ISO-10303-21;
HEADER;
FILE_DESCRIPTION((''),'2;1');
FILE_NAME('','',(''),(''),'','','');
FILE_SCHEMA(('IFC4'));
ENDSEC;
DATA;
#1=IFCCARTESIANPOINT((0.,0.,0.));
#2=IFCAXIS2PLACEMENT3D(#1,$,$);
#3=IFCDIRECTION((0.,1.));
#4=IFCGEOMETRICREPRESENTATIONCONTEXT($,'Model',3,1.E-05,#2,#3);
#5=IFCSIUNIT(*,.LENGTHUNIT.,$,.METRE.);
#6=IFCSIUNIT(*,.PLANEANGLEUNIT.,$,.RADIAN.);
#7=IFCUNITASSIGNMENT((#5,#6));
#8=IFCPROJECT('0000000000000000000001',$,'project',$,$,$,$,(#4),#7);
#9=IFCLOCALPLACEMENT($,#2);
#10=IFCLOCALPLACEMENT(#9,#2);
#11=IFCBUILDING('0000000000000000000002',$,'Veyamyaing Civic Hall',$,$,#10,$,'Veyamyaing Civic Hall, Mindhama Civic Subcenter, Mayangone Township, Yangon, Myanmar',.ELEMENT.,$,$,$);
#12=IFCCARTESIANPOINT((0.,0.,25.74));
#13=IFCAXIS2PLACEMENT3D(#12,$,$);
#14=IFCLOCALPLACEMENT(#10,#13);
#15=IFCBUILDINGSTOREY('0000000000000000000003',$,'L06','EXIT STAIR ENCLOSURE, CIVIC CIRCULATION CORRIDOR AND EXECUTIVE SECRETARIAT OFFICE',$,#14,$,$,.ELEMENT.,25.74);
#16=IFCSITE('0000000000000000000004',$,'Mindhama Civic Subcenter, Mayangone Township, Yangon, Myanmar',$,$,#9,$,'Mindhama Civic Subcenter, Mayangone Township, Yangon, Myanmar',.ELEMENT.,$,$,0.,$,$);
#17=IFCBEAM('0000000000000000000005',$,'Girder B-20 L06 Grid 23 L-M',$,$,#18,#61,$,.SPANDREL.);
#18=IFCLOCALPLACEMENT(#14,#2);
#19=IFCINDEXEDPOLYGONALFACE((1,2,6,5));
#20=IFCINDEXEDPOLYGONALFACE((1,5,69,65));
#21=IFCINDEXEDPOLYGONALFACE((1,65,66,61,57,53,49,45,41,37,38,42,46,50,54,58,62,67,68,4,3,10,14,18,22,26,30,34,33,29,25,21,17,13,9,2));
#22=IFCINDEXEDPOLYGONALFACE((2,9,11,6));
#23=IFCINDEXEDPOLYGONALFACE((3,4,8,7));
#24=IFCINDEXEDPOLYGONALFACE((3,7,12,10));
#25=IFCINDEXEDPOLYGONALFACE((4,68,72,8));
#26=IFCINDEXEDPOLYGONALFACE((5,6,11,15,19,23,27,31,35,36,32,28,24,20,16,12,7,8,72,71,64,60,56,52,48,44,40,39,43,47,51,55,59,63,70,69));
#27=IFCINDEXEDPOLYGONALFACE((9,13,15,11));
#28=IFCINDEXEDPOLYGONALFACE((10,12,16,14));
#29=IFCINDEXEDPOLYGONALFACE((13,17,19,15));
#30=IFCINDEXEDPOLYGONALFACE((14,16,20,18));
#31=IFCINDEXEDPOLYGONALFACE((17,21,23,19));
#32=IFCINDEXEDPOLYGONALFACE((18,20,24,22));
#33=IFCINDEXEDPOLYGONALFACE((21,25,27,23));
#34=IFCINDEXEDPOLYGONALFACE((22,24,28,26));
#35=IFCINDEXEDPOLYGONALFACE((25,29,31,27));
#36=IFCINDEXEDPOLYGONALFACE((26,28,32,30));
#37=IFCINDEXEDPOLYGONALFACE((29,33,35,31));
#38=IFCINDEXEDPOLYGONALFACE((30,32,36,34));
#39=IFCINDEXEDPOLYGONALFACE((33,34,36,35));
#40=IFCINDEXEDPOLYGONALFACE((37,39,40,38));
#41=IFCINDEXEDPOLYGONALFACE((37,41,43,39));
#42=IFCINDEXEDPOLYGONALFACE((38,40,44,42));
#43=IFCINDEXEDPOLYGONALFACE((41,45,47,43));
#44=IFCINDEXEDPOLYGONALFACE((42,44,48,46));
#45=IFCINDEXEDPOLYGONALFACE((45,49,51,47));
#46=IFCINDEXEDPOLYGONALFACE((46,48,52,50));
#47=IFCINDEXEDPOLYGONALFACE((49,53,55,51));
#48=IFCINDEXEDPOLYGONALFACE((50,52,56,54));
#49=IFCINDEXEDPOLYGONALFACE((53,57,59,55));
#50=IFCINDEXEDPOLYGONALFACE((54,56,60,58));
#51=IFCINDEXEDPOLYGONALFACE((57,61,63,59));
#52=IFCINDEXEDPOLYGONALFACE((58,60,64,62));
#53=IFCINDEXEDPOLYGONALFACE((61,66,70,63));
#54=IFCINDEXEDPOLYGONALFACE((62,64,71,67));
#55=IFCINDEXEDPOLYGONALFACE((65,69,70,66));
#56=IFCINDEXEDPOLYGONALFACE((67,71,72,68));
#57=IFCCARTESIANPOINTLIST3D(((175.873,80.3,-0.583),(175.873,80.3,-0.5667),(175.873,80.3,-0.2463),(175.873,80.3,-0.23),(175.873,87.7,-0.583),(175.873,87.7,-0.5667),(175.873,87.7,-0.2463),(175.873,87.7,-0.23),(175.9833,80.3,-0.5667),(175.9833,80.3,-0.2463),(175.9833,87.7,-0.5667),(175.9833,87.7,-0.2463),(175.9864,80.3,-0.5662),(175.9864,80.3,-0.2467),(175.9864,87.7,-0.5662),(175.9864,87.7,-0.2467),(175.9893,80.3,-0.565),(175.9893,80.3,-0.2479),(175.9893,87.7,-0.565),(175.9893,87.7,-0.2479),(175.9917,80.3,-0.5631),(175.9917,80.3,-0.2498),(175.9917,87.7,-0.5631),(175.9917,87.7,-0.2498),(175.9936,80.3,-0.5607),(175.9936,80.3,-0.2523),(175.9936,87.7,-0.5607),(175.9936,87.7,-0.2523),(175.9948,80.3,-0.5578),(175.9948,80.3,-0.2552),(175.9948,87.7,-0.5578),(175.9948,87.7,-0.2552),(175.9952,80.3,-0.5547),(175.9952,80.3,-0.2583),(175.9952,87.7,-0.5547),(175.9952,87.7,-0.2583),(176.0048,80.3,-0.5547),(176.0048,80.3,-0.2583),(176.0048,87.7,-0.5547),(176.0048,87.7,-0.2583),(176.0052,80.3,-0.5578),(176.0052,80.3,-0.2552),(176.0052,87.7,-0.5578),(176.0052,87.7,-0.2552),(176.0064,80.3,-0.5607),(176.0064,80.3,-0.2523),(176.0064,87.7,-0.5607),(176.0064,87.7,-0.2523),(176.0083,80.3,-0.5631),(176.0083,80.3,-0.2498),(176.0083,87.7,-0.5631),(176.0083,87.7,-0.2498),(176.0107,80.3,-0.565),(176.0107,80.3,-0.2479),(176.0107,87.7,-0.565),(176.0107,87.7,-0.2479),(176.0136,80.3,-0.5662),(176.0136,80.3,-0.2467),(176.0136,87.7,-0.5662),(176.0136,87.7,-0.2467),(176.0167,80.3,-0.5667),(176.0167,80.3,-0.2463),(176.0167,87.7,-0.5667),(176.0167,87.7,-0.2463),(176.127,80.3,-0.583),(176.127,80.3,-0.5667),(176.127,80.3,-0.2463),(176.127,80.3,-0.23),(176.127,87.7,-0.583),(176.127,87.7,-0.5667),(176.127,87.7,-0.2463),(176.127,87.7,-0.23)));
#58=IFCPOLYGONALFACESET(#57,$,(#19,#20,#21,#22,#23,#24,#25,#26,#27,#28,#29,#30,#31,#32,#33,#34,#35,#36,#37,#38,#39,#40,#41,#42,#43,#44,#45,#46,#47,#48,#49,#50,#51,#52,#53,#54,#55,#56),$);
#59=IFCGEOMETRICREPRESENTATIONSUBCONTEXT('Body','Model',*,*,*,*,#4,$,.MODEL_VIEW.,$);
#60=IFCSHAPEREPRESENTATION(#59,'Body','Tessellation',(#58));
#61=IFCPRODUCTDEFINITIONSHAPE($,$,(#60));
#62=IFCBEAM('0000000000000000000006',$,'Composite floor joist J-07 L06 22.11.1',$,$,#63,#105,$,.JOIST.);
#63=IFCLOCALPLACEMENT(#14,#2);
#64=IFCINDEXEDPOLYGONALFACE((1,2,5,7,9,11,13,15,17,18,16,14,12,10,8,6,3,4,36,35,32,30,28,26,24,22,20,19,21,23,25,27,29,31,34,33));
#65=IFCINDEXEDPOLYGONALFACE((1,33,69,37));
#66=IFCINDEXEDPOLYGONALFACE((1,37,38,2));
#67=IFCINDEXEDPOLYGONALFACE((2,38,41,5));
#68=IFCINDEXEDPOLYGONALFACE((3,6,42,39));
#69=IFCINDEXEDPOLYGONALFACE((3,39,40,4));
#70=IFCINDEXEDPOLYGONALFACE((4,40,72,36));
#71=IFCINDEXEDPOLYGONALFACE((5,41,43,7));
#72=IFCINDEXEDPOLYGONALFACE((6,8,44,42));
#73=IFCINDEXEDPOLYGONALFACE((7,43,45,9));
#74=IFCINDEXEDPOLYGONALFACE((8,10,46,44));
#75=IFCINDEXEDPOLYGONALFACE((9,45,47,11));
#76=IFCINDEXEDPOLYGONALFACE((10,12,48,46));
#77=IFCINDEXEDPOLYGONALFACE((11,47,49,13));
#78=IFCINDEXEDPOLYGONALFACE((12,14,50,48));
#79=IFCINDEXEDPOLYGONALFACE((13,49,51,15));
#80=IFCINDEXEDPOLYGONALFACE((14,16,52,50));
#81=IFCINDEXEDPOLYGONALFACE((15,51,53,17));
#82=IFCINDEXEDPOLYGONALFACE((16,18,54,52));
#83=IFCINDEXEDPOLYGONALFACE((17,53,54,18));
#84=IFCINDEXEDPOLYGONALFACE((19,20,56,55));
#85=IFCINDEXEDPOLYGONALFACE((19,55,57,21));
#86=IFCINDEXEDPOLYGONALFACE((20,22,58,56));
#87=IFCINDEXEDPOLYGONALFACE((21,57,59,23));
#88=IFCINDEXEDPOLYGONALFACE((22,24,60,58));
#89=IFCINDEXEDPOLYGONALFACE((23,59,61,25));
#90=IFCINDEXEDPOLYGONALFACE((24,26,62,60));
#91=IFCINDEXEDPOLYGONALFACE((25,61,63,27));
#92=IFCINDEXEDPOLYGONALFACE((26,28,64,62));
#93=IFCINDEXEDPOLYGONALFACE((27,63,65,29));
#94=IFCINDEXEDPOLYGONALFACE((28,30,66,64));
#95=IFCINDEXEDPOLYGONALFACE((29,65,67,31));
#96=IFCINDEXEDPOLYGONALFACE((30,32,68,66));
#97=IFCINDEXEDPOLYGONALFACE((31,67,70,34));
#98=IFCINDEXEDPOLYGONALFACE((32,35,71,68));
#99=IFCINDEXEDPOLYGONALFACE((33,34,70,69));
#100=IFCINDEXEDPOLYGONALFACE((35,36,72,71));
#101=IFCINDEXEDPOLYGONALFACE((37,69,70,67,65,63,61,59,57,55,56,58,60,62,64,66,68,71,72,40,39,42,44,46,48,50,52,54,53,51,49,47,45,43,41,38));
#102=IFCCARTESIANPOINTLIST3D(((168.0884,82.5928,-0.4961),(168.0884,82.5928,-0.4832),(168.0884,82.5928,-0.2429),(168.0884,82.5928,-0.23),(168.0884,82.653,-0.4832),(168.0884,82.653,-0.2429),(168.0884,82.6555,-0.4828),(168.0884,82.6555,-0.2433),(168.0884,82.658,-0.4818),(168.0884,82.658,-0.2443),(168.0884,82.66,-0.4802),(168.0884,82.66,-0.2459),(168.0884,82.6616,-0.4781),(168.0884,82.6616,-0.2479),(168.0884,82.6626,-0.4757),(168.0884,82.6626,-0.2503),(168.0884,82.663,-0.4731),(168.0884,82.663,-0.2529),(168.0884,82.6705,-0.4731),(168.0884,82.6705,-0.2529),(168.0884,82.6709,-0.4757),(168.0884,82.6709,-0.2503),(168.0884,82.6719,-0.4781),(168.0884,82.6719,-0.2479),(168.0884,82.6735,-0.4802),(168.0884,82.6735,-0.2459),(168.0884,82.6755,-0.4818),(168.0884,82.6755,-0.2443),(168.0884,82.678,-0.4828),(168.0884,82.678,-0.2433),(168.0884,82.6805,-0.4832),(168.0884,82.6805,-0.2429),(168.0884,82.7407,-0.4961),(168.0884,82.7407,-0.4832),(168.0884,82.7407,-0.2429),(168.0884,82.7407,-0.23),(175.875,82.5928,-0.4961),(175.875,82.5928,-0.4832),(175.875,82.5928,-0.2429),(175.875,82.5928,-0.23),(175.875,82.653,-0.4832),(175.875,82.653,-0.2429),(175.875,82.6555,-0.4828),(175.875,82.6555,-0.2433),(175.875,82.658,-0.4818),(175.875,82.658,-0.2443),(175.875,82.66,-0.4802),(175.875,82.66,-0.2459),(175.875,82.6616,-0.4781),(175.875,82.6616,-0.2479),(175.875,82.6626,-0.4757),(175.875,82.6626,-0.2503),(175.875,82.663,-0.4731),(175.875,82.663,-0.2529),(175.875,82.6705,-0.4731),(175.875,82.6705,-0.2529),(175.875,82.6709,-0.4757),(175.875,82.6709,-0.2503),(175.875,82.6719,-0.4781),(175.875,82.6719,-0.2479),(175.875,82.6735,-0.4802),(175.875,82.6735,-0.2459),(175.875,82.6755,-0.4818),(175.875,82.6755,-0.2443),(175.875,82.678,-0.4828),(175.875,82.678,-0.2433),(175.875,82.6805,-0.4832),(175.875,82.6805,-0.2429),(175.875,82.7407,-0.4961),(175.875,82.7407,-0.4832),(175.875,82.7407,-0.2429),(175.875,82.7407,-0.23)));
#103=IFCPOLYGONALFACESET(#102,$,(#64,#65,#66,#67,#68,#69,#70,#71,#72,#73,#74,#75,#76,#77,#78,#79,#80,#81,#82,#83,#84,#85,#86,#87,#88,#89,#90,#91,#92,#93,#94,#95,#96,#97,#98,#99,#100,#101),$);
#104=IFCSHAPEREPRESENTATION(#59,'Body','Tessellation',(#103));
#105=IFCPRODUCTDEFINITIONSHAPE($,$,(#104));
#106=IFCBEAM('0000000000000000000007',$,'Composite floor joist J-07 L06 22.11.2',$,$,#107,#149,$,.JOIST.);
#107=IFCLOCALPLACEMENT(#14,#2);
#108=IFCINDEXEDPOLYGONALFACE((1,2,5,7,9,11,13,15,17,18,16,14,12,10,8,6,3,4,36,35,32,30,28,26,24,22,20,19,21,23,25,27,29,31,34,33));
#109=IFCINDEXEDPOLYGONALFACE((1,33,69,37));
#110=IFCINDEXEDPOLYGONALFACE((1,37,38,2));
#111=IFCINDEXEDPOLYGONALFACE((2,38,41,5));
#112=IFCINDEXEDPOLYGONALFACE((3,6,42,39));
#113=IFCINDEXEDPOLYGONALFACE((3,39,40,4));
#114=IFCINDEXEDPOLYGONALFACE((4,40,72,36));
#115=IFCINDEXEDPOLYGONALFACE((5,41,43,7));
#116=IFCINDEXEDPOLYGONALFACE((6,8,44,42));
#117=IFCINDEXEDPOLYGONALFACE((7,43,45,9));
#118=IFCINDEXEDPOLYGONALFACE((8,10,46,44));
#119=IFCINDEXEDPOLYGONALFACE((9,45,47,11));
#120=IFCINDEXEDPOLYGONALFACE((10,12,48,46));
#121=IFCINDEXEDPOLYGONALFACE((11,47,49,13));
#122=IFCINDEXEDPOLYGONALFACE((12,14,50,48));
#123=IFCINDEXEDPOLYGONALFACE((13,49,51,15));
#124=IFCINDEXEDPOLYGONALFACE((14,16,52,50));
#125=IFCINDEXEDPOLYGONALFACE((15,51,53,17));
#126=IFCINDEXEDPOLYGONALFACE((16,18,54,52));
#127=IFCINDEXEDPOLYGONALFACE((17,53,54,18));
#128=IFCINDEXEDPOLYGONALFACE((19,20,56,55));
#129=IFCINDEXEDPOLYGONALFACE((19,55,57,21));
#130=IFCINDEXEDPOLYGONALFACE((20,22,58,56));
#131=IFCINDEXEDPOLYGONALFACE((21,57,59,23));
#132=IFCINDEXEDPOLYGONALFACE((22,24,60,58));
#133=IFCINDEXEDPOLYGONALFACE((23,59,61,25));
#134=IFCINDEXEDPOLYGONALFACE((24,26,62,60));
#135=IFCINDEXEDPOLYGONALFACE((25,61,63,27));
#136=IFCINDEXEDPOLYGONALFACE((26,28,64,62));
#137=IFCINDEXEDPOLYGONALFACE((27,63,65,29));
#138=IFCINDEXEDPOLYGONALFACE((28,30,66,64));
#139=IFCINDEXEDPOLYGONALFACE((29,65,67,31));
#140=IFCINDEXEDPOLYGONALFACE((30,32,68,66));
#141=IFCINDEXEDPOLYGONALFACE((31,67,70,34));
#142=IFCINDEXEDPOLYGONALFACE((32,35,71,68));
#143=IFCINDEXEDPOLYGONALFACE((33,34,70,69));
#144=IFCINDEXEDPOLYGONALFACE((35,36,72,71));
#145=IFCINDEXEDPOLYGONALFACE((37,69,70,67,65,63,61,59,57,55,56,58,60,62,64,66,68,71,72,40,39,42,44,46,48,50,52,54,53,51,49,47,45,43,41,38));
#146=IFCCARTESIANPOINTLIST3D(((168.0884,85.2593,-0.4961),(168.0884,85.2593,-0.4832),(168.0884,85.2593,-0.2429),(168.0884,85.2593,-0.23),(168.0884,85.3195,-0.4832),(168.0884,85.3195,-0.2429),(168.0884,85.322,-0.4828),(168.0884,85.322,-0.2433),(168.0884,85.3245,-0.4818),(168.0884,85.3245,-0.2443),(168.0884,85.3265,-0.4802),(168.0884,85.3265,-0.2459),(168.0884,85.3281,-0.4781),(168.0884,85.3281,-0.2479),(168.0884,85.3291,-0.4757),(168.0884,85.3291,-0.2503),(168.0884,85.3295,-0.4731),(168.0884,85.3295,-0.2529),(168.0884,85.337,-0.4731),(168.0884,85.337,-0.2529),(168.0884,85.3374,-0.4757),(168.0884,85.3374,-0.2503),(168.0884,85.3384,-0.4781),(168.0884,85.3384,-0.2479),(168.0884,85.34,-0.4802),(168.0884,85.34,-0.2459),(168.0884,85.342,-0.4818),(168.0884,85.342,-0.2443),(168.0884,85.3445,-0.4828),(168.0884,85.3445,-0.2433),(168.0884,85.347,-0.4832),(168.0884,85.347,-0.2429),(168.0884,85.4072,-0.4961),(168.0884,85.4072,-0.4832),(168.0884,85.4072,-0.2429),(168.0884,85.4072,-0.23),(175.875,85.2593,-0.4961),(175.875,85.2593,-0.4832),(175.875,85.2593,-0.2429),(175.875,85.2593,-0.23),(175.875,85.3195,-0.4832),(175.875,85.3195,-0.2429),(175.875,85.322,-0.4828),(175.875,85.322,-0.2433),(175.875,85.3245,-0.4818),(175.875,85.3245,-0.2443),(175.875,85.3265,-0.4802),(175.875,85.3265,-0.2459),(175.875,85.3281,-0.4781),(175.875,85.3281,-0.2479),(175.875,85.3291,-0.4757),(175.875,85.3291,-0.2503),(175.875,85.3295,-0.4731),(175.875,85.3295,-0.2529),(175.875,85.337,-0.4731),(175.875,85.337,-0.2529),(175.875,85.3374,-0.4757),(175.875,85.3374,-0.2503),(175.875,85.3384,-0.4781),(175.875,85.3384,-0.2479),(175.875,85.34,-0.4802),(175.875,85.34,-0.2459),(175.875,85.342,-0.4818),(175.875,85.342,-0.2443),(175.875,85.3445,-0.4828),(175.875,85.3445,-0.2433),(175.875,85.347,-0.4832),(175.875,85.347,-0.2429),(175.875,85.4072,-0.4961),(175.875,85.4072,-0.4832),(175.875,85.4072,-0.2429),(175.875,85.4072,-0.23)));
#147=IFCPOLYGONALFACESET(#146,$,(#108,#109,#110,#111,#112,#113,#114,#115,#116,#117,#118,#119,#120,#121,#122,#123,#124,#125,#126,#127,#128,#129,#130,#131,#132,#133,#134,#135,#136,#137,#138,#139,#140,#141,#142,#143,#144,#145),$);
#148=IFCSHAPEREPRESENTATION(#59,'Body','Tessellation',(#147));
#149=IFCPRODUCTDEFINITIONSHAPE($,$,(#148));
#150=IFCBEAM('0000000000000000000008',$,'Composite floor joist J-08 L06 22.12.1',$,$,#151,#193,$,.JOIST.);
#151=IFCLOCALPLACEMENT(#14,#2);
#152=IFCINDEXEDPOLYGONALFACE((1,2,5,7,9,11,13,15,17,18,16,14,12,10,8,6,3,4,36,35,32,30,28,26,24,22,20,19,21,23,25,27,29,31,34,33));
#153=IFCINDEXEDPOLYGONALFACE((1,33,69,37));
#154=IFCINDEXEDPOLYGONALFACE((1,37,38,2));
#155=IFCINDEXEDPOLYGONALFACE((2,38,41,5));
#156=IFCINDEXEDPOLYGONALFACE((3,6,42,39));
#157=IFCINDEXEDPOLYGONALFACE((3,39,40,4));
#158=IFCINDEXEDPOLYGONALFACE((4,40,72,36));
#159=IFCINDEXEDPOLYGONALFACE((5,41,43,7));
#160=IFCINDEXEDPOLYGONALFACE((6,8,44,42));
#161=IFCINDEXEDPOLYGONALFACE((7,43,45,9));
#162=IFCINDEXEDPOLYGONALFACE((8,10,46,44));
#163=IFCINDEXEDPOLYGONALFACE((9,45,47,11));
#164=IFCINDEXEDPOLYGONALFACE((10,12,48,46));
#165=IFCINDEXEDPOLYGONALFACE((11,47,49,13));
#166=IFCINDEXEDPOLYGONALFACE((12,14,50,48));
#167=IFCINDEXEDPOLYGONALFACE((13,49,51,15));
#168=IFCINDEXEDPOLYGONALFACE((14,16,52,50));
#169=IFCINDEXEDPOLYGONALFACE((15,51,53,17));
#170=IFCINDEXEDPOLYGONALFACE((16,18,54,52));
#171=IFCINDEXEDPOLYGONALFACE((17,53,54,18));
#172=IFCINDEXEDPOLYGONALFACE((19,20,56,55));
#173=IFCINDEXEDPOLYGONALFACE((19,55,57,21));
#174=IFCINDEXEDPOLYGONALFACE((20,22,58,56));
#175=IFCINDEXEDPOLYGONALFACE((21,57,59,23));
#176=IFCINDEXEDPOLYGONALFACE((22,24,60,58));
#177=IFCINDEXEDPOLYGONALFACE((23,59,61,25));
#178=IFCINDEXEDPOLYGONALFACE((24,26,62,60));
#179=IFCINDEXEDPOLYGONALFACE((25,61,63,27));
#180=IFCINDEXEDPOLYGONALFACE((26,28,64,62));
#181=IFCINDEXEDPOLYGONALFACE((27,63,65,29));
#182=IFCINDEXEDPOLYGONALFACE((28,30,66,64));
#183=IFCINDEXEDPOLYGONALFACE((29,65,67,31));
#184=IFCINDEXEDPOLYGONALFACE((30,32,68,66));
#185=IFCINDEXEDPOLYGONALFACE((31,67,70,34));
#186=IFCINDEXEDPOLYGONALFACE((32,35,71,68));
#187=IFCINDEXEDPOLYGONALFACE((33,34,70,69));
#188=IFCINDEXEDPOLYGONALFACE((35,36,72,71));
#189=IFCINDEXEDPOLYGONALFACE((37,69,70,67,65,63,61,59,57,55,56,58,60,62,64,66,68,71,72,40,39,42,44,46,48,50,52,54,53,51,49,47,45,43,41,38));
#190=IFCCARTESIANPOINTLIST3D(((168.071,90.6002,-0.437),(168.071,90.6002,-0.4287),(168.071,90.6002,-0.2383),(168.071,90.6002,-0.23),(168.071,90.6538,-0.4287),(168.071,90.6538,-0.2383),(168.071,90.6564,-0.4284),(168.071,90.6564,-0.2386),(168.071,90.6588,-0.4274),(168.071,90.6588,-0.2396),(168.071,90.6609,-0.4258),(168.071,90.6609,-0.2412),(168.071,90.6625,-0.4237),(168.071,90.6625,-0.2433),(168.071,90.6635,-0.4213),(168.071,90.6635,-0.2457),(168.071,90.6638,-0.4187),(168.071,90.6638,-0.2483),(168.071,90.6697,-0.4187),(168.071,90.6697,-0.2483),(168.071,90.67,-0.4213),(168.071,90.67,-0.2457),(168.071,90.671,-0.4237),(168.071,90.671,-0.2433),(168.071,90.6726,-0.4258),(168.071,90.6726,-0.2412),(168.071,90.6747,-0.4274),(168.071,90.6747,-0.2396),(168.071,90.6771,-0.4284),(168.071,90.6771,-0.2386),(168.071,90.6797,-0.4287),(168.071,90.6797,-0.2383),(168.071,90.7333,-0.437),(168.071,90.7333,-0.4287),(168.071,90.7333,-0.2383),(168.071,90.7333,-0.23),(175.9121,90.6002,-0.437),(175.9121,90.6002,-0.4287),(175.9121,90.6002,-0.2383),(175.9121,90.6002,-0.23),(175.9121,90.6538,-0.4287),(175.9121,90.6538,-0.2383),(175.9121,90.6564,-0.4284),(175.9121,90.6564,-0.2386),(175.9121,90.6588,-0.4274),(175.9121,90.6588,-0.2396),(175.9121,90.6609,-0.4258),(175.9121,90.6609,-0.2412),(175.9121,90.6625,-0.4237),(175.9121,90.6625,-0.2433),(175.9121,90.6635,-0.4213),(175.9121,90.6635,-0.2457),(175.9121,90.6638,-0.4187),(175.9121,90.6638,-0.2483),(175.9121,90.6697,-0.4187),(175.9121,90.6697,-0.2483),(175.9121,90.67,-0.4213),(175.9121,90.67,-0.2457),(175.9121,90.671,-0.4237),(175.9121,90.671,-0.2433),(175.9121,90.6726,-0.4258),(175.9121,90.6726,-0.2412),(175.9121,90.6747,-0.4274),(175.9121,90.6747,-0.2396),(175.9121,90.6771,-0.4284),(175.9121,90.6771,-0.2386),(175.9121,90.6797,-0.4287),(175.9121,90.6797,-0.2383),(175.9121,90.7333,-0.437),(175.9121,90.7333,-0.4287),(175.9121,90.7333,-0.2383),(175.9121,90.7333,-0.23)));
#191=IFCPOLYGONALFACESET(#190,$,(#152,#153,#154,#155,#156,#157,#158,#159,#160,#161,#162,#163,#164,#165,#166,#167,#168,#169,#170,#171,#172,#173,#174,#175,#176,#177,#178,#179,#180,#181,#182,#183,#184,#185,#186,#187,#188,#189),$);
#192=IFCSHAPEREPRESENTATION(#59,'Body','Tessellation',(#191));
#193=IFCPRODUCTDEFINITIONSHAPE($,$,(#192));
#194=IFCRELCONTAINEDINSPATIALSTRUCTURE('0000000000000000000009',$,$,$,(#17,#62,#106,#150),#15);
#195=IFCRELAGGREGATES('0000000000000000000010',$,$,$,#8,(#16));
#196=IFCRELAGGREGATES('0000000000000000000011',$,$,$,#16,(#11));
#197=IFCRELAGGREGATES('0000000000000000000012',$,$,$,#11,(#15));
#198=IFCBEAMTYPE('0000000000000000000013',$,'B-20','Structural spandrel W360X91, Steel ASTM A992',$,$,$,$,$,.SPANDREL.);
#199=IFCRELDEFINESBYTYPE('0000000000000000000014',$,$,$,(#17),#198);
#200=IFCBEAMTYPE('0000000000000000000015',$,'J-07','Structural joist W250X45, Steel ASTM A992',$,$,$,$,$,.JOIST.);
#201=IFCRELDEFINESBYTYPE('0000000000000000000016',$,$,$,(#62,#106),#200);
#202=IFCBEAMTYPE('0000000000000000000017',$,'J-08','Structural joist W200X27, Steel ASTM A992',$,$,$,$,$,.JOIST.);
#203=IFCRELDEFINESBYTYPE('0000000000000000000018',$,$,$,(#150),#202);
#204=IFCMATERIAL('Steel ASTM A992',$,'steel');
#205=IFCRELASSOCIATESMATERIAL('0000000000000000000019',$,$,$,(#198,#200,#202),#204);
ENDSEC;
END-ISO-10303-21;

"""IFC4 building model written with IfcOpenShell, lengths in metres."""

from ifc_helpers import new_model, si_unit, direction, frame, origin, origin_2d, place, context, subcontext, project, spatial, i_section, extrude, material, material_profile, profile_set, type_object, element, save


model = new_model("IFC4")

# Units and contexts
model_context = context("Model", 3, precision=1e-05, world=origin(), true_north=direction((0.0, 1.0)))
body_context = subcontext(model_context, "Body", "Model", "MODEL_VIEW")
ifc_project = project(units=[si_unit("LENGTHUNIT", "METRE"), si_unit("PLANEANGLEUNIT", "RADIAN")], contexts=[model_context])

# Site, building, storey
site_placement = place(None, origin())
site = spatial("IfcSite", under=ifc_project, at=site_placement, Name="Mindhama Civic Subcenter, Mayangone Township, Yangon, Myanmar", LongName="Mindhama Civic Subcenter, Mayangone Township, Yangon, Myanmar", CompositionType="ELEMENT", RefElevation=0.0)
building_placement = place(site_placement, origin())
building = spatial("IfcBuilding", under=site, at=building_placement, Name="Veyamyaing Civic Hall", LongName="Veyamyaing Civic Hall, Mindhama Civic Subcenter, Mayangone Township, Yangon, Myanmar", CompositionType="ELEMENT")
storey_placement = place(building_placement, frame((0.0, 0.0, 25.74)))
storey = spatial("IfcBuildingStorey", under=building, at=storey_placement, Name="L06", Description="EXIT STAIR ENCLOSURE, CIVIC CIRCULATION CORRIDOR AND EXECUTIVE SECRETARIAT OFFICE", CompositionType="ELEMENT", Elevation=25.74)

# Beams
ifc_material_1 = material(Name="Steel ASTM A992", Category="steel")
ifc_material_profile_1 = material_profile(ifc_material_1, i_section(OverallWidth=0.2539, OverallDepth=0.353, WebThickness=0.0095, FlangeThickness=0.0164, FilletRadius=0.012, at=origin_2d()), Name="W360X91")
ifc_profile_set_1 = profile_set([ifc_material_profile_1], Name="Steel ASTM A992")
beam_type_1 = type_object("IfcBeamType", Name="B-20", Description="Structural spandrel W360X91, Steel ASTM A992", PredefinedType="SPANDREL", material=ifc_profile_set_1)
beam_1_placement = place(storey_placement, frame((176.0, 80.3, -0.4065), z_axis=(0.0, 1.0, 0.0), x_axis=(-1.0, 0.0, 0.0)))
element("IfcBeam", 1, at=beam_1_placement, inside=storey, type_object=beam_type_1, Name="Girder B-20 L06 Grid 23 L-M", PredefinedType="SPANDREL", context=body_context, shape_type="SweptSolid", body=[
    extrude(i_section(OverallWidth=0.2539, OverallDepth=0.353, WebThickness=0.0095, FlangeThickness=0.0164, FilletRadius=0.012, at=origin_2d()), origin(), (0.0, 0.0, 1.0), 7.3999),
])
ifc_material_profile_2 = material_profile(ifc_material_1, i_section(OverallWidth=0.1479, OverallDepth=0.2661, WebThickness=0.0076, FlangeThickness=0.0129, FilletRadius=0.01, at=origin_2d()), Name="W250X45")
ifc_profile_set_2 = profile_set([ifc_material_profile_2], Name="Steel ASTM A992")
beam_type_2 = type_object("IfcBeamType", Name="J-07", Description="Structural joist W250X45, Steel ASTM A992", PredefinedType="JOIST", material=ifc_profile_set_2)
for number, where, z_axis, x_axis, name in (
    (2, (168.0884, 82.6667, -0.363), (1.0, 0.0, 0.0), (0.0, 1.0, 0.0), "Composite floor joist J-07 L06 22.11.1"),
    (3, (168.0884, 85.3333, -0.363), (1.0, 0.0, 0.0), (0.0, 1.0, 0.0), "Composite floor joist J-07 L06 22.11.2"),
):
    element("IfcBeam", number, at=place(storey_placement, frame(where, z_axis=z_axis, x_axis=x_axis)), inside=storey, type_object=beam_type_2, Name=name, PredefinedType="JOIST", context=body_context, shape_type="SweptSolid", body=[
        extrude(i_section(OverallWidth=0.1479, OverallDepth=0.2661, WebThickness=0.0076, FlangeThickness=0.0129, FilletRadius=0.01, at=origin_2d()), origin(), (0.0, 0.0, 1.0), 7.7866),
    ])
ifc_material_profile_3 = material_profile(ifc_material_1, i_section(OverallWidth=0.1331, OverallDepth=0.207, WebThickness=0.0059, FlangeThickness=0.0083, FilletRadius=0.01, at=origin_2d()), Name="W200X27")
ifc_profile_set_3 = profile_set([ifc_material_profile_3], Name="Steel ASTM A992")
beam_type_3 = type_object("IfcBeamType", Name="J-08", Description="Structural joist W200X27, Steel ASTM A992", PredefinedType="JOIST", material=ifc_profile_set_3)
beam_2_placement = place(storey_placement, frame((168.071, 90.6667, -0.3335), z_axis=(1.0, 0.0, 0.0), x_axis=(0.0, 1.0, 0.0)))
element("IfcBeam", 4, at=beam_2_placement, inside=storey, type_object=beam_type_3, Name="Composite floor joist J-08 L06 22.12.1", PredefinedType="JOIST", context=body_context, shape_type="SweptSolid", body=[
    extrude(i_section(OverallWidth=0.1331, OverallDepth=0.207, WebThickness=0.0059, FlangeThickness=0.0083, FilletRadius=0.01, at=origin_2d()), origin(), (0.0, 0.0, 1.0), 7.8411),
])

save(model, "model.ifc")
